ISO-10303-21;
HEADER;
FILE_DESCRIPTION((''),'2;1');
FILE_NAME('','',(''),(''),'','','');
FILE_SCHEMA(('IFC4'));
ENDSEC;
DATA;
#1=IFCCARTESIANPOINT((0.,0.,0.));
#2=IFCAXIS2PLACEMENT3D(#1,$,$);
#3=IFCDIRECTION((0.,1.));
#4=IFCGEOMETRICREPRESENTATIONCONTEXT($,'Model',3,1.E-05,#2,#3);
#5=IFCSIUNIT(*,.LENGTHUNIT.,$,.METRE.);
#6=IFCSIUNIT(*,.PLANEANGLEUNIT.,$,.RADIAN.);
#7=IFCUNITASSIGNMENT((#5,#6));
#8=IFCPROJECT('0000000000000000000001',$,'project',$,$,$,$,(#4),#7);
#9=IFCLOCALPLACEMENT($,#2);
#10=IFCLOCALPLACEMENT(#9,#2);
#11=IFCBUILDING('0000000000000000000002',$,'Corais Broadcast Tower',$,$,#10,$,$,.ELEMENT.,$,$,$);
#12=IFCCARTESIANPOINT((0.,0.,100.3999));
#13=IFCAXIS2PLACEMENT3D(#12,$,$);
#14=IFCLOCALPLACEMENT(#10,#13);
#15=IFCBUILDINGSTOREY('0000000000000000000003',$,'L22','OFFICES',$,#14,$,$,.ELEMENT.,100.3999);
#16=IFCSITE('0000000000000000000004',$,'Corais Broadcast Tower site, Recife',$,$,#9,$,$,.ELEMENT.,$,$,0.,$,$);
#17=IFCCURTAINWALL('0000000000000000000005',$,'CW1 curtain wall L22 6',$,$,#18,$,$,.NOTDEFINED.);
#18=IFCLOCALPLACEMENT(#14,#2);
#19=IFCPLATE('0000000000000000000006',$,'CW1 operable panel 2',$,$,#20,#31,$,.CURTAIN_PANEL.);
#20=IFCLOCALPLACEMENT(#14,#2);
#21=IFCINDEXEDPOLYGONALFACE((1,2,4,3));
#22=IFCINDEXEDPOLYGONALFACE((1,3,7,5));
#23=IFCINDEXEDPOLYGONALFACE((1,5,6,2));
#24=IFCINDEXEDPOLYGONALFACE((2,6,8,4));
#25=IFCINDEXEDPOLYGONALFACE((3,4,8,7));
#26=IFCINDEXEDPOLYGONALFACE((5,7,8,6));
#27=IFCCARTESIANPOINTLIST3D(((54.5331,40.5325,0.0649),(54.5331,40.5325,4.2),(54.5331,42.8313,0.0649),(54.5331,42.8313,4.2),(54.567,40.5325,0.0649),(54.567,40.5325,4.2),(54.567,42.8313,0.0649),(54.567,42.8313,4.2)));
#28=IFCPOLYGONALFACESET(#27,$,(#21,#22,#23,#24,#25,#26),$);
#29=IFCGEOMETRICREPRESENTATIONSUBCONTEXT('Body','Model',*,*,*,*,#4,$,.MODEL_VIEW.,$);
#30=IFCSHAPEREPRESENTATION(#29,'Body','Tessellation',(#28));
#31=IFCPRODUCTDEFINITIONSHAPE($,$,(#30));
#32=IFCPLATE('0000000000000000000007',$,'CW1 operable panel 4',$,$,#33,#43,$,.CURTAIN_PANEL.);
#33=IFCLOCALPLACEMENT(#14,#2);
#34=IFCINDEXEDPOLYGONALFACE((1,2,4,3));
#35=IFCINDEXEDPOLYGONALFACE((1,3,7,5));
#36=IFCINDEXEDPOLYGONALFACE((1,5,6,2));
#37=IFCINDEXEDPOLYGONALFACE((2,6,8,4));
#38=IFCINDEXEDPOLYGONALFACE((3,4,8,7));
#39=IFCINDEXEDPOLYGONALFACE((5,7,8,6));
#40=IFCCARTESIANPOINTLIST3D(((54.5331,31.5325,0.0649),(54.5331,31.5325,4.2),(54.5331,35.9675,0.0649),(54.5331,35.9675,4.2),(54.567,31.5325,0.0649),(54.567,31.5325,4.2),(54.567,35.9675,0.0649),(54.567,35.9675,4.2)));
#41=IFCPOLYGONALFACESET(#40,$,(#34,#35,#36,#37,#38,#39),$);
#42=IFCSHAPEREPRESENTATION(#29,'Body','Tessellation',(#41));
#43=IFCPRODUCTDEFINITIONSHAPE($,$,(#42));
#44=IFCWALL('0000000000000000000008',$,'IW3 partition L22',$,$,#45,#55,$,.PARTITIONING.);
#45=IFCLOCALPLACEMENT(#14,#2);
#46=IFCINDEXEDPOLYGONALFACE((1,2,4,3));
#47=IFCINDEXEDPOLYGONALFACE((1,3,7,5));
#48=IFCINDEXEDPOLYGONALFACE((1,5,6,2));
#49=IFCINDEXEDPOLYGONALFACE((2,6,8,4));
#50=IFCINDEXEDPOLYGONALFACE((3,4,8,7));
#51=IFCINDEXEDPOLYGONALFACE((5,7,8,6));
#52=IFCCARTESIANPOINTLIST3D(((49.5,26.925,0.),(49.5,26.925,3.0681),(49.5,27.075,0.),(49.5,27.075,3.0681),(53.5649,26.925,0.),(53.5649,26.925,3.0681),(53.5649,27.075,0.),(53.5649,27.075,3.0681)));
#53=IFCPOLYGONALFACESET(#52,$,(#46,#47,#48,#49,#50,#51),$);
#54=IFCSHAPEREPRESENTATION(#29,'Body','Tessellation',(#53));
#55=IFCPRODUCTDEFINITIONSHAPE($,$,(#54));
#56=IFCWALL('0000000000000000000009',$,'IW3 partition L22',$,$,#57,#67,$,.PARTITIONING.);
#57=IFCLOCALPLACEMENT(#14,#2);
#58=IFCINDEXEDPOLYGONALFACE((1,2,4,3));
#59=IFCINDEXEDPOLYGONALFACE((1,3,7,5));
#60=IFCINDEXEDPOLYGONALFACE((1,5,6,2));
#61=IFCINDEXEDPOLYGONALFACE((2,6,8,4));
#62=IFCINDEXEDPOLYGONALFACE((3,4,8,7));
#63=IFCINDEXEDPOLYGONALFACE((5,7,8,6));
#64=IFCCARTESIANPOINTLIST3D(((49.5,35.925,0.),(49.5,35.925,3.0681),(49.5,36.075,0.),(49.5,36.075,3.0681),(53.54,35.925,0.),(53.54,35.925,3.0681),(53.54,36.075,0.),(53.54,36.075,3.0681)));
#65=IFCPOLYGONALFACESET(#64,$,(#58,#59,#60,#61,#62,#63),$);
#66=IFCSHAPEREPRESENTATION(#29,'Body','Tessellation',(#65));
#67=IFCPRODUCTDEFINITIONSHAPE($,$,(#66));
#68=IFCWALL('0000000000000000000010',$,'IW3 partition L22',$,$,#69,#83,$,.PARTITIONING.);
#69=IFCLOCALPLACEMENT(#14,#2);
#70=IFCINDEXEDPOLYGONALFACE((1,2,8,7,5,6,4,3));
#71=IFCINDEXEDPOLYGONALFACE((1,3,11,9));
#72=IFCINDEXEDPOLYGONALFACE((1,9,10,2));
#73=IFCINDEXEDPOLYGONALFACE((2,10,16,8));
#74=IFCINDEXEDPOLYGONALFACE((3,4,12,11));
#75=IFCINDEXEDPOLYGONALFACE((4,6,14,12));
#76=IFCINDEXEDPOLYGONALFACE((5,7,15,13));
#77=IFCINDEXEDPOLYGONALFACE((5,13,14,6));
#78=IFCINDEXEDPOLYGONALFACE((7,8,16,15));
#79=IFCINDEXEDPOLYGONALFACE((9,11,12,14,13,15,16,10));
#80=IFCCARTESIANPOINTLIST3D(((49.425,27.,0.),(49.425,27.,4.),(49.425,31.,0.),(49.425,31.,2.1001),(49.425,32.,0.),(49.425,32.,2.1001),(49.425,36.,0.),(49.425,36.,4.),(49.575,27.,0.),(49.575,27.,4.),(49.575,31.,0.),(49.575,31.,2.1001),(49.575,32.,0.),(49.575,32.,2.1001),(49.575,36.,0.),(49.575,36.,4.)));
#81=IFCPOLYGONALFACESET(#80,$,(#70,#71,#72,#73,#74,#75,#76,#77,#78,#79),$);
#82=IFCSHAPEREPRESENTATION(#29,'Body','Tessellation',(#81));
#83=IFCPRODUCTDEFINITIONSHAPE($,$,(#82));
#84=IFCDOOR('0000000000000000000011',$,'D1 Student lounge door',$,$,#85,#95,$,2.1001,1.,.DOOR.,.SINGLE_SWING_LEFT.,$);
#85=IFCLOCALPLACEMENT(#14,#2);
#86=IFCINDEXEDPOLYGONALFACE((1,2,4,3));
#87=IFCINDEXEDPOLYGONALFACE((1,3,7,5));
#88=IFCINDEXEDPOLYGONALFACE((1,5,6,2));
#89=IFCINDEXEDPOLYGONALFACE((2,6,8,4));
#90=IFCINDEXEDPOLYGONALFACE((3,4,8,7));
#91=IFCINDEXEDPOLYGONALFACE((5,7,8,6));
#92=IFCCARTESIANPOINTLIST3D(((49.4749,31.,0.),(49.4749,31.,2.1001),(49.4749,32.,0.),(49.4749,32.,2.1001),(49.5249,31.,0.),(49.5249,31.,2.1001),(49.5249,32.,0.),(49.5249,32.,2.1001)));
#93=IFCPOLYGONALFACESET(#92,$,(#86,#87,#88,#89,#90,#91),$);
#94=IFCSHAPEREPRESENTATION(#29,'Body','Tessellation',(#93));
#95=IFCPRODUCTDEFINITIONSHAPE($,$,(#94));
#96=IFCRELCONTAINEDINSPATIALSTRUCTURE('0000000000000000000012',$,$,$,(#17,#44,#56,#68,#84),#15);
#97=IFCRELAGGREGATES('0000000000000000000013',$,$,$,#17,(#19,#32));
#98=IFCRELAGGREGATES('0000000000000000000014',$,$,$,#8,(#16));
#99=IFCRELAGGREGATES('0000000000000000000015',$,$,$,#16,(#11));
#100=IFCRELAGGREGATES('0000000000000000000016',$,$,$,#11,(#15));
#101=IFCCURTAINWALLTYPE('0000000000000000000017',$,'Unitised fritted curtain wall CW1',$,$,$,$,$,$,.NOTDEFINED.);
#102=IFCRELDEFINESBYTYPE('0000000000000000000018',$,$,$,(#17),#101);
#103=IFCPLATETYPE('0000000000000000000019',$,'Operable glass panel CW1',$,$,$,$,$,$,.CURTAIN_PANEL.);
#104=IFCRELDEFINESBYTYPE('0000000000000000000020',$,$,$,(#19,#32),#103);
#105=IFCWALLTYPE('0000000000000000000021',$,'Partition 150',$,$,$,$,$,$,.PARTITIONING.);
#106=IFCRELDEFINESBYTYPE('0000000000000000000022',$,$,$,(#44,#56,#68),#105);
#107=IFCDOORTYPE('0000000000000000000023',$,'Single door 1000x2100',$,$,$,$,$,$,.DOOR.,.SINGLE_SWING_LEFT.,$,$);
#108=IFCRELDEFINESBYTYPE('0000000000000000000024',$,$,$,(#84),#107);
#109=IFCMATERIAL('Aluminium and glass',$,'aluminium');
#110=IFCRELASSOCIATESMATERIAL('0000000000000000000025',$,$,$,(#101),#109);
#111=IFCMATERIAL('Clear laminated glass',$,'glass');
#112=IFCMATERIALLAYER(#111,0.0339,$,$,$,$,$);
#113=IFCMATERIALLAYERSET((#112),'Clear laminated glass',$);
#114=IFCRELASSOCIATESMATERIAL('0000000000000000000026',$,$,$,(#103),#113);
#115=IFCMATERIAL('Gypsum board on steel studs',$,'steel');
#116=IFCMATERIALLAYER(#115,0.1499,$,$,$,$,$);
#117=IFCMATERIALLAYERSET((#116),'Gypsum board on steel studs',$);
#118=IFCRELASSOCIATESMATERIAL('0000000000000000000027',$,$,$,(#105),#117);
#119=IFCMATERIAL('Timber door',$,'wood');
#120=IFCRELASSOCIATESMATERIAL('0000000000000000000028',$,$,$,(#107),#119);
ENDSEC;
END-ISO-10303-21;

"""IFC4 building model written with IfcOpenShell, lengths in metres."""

from ifc_helpers import new_model, si_unit, direction, frame, frame_2d, origin, origin_2d, place, context, subcontext, project, spatial, rectangle, extrude, material, layer, layer_set, type_object, element, fill, aggregate, save


model = new_model("IFC4")

# Units and contexts
model_context = context("Model", 3, precision=1e-05, world=origin(), true_north=direction((0.0, 1.0)))
body_context = subcontext(model_context, "Body", "Model", "MODEL_VIEW")
ifc_project = project(units=[si_unit("LENGTHUNIT", "METRE"), si_unit("PLANEANGLEUNIT", "RADIAN")], contexts=[model_context])

# Site, building, storey
site_placement = place(None, origin())
site = spatial("IfcSite", under=ifc_project, at=site_placement, Name="Corais Broadcast Tower site, Recife", CompositionType="ELEMENT", RefElevation=0.0)
building_placement = place(site_placement, origin())
building = spatial("IfcBuilding", under=site, at=building_placement, Name="Corais Broadcast Tower", CompositionType="ELEMENT")
storey_placement = place(building_placement, frame((0.0, 0.0, 100.3999)))
storey = spatial("IfcBuildingStorey", under=building, at=storey_placement, Name="L22", Description="OFFICES", CompositionType="ELEMENT", Elevation=100.3999)

# Curtain wall
ifc_material_1 = material(Name="Aluminium and glass", Category="aluminium")
curtain_wall_type = type_object("IfcCurtainWallType", Name="Unitised fritted curtain wall CW1", PredefinedType="NOTDEFINED", material=ifc_material_1)
curtain_wall_placement = place(storey_placement, origin())
curtain_wall = element("IfcCurtainWall", 1, at=curtain_wall_placement, inside=storey, type_object=curtain_wall_type, Name="CW1 curtain wall L22 6", PredefinedType="NOTDEFINED")

# Plates
ifc_material_2 = material(Name="Clear laminated glass", Category="glass")
ifc_layer_1 = layer(ifc_material_2, 0.0339)
ifc_layer_set_1 = layer_set([ifc_layer_1], Name="Clear laminated glass")
plate_type_1 = type_object("IfcPlateType", Name="Operable glass panel CW1", PredefinedType="CURTAIN_PANEL", material=ifc_layer_set_1)
plate_1_placement = place(storey_placement, frame((54.55, 41.6819, 0.0649), z_axis=(0.0, 0.0, 1.0), x_axis=(0.0, -1.0, 0.0)))
plate_1 = element("IfcPlate", 2, at=plate_1_placement, type_object=plate_type_1, Name="CW1 operable panel 2", PredefinedType="CURTAIN_PANEL", context=body_context, shape_type="SweptSolid", body=[
    extrude(rectangle(XDim=2.2988, YDim=0.0339, at=origin_2d()), origin(), (0.0, 0.0, 1.0), 4.135),
])
plate_2_placement = place(storey_placement, frame((54.55, 33.75, 0.0649), z_axis=(0.0, 0.0, 1.0), x_axis=(0.0, -1.0, 0.0)))
plate_2 = element("IfcPlate", 3, at=plate_2_placement, type_object=plate_type_1, Name="CW1 operable panel 4", PredefinedType="CURTAIN_PANEL", context=body_context, shape_type="SweptSolid", body=[
    extrude(rectangle(XDim=4.4351, YDim=0.0339, at=origin_2d()), origin(), (0.0, 0.0, 1.0), 4.135),
])
aggregate(curtain_wall, [plate_1, plate_2])

# Walls
ifc_material_3 = material(Name="Gypsum board on steel studs", Category="steel")
ifc_layer_2 = layer(ifc_material_3, 0.1499)
ifc_layer_set_2 = layer_set([ifc_layer_2], Name="Gypsum board on steel studs")
wall_type = type_object("IfcWallType", Name="Partition 150", PredefinedType="PARTITIONING", material=ifc_layer_set_2)
wall_1_placement = place(storey_placement, frame((49.5, 27.0, 0.0), z_axis=(0.0, 0.0, 1.0), x_axis=(1.0, 0.0, 0.0)))
element("IfcWall", 4, at=wall_1_placement, inside=storey, type_object=wall_type, Name="IW3 partition L22", PredefinedType="PARTITIONING", context=body_context, shape_type="SweptSolid", body=[
    extrude(rectangle(XDim=4.0649, YDim=0.1499, at=frame_2d((2.0325, 0.0))), origin(), (0.0, 0.0, 1.0), 3.0681),
])
wall_2_placement = place(storey_placement, frame((53.54, 36.0, 0.0), z_axis=(0.0, 0.0, 1.0), x_axis=(-1.0, 0.0, 0.0)))
element("IfcWall", 5, at=wall_2_placement, inside=storey, type_object=wall_type, Name="IW3 partition L22", PredefinedType="PARTITIONING", context=body_context, shape_type="SweptSolid", body=[
    extrude(rectangle(XDim=4.04, YDim=0.1499, at=frame_2d((2.02, 0.0))), origin(), (0.0, 0.0, 1.0), 3.0681),
])

# Wall, opening, door
wall_3_placement = place(storey_placement, frame((49.5, 36.0, 0.0), z_axis=(0.0, 0.0, 1.0), x_axis=(0.0, -1.0, 0.0)))
wall_3 = element("IfcWall", 6, at=wall_3_placement, inside=storey, type_object=wall_type, Name="IW3 partition L22", PredefinedType="PARTITIONING", context=body_context, shape_type="SweptSolid", body=[
    extrude(rectangle(XDim=9.0, YDim=0.1499, at=frame_2d((4.5, 0.0))), origin(), (0.0, 0.0, 1.0), 4.0),
])
opening_placement = place(wall_3_placement, frame((4.0, 0.0, 0.0)))
opening = element("IfcOpeningElement", 7, at=opening_placement, cuts=wall_3, PredefinedType="OPENING", context=body_context, shape_type="SweptSolid", body=[
    extrude(rectangle(XDim=1.0, YDim=2.1001, at=frame_2d((0.5, 1.05))), frame((0.0, 0.085, 0.0), z_axis=(0.0, -1.0, 0.0), x_axis=(1.0, 0.0, 0.0)), (0.0, 0.0, 1.0), 0.1699),
])
ifc_material_4 = material(Name="Timber door", Category="wood")
door_type = type_object("IfcDoorType", Name="Single door 1000x2100", OperationType="SINGLE_SWING_LEFT", PredefinedType="DOOR", material=ifc_material_4)
door_placement = place(opening_placement, origin())
door = element("IfcDoor", 8, at=door_placement, inside=storey, type_object=door_type, Name="D1 Student lounge door", OperationType="SINGLE_SWING_LEFT", OverallHeight=2.1001, OverallWidth=1.0, PredefinedType="DOOR", context=body_context, shape_type="SweptSolid", body=[
    extrude(rectangle(XDim=1.0, YDim=2.1001, at=frame_2d((0.5, 1.05))), frame((0.0, 0.0249, 0.0), z_axis=(0.0, -1.0, 0.0), x_axis=(1.0, 0.0, 0.0)), (0.0, 0.0, 1.0), 0.05),
])
fill(opening, door)

save(model, "model.ifc")
